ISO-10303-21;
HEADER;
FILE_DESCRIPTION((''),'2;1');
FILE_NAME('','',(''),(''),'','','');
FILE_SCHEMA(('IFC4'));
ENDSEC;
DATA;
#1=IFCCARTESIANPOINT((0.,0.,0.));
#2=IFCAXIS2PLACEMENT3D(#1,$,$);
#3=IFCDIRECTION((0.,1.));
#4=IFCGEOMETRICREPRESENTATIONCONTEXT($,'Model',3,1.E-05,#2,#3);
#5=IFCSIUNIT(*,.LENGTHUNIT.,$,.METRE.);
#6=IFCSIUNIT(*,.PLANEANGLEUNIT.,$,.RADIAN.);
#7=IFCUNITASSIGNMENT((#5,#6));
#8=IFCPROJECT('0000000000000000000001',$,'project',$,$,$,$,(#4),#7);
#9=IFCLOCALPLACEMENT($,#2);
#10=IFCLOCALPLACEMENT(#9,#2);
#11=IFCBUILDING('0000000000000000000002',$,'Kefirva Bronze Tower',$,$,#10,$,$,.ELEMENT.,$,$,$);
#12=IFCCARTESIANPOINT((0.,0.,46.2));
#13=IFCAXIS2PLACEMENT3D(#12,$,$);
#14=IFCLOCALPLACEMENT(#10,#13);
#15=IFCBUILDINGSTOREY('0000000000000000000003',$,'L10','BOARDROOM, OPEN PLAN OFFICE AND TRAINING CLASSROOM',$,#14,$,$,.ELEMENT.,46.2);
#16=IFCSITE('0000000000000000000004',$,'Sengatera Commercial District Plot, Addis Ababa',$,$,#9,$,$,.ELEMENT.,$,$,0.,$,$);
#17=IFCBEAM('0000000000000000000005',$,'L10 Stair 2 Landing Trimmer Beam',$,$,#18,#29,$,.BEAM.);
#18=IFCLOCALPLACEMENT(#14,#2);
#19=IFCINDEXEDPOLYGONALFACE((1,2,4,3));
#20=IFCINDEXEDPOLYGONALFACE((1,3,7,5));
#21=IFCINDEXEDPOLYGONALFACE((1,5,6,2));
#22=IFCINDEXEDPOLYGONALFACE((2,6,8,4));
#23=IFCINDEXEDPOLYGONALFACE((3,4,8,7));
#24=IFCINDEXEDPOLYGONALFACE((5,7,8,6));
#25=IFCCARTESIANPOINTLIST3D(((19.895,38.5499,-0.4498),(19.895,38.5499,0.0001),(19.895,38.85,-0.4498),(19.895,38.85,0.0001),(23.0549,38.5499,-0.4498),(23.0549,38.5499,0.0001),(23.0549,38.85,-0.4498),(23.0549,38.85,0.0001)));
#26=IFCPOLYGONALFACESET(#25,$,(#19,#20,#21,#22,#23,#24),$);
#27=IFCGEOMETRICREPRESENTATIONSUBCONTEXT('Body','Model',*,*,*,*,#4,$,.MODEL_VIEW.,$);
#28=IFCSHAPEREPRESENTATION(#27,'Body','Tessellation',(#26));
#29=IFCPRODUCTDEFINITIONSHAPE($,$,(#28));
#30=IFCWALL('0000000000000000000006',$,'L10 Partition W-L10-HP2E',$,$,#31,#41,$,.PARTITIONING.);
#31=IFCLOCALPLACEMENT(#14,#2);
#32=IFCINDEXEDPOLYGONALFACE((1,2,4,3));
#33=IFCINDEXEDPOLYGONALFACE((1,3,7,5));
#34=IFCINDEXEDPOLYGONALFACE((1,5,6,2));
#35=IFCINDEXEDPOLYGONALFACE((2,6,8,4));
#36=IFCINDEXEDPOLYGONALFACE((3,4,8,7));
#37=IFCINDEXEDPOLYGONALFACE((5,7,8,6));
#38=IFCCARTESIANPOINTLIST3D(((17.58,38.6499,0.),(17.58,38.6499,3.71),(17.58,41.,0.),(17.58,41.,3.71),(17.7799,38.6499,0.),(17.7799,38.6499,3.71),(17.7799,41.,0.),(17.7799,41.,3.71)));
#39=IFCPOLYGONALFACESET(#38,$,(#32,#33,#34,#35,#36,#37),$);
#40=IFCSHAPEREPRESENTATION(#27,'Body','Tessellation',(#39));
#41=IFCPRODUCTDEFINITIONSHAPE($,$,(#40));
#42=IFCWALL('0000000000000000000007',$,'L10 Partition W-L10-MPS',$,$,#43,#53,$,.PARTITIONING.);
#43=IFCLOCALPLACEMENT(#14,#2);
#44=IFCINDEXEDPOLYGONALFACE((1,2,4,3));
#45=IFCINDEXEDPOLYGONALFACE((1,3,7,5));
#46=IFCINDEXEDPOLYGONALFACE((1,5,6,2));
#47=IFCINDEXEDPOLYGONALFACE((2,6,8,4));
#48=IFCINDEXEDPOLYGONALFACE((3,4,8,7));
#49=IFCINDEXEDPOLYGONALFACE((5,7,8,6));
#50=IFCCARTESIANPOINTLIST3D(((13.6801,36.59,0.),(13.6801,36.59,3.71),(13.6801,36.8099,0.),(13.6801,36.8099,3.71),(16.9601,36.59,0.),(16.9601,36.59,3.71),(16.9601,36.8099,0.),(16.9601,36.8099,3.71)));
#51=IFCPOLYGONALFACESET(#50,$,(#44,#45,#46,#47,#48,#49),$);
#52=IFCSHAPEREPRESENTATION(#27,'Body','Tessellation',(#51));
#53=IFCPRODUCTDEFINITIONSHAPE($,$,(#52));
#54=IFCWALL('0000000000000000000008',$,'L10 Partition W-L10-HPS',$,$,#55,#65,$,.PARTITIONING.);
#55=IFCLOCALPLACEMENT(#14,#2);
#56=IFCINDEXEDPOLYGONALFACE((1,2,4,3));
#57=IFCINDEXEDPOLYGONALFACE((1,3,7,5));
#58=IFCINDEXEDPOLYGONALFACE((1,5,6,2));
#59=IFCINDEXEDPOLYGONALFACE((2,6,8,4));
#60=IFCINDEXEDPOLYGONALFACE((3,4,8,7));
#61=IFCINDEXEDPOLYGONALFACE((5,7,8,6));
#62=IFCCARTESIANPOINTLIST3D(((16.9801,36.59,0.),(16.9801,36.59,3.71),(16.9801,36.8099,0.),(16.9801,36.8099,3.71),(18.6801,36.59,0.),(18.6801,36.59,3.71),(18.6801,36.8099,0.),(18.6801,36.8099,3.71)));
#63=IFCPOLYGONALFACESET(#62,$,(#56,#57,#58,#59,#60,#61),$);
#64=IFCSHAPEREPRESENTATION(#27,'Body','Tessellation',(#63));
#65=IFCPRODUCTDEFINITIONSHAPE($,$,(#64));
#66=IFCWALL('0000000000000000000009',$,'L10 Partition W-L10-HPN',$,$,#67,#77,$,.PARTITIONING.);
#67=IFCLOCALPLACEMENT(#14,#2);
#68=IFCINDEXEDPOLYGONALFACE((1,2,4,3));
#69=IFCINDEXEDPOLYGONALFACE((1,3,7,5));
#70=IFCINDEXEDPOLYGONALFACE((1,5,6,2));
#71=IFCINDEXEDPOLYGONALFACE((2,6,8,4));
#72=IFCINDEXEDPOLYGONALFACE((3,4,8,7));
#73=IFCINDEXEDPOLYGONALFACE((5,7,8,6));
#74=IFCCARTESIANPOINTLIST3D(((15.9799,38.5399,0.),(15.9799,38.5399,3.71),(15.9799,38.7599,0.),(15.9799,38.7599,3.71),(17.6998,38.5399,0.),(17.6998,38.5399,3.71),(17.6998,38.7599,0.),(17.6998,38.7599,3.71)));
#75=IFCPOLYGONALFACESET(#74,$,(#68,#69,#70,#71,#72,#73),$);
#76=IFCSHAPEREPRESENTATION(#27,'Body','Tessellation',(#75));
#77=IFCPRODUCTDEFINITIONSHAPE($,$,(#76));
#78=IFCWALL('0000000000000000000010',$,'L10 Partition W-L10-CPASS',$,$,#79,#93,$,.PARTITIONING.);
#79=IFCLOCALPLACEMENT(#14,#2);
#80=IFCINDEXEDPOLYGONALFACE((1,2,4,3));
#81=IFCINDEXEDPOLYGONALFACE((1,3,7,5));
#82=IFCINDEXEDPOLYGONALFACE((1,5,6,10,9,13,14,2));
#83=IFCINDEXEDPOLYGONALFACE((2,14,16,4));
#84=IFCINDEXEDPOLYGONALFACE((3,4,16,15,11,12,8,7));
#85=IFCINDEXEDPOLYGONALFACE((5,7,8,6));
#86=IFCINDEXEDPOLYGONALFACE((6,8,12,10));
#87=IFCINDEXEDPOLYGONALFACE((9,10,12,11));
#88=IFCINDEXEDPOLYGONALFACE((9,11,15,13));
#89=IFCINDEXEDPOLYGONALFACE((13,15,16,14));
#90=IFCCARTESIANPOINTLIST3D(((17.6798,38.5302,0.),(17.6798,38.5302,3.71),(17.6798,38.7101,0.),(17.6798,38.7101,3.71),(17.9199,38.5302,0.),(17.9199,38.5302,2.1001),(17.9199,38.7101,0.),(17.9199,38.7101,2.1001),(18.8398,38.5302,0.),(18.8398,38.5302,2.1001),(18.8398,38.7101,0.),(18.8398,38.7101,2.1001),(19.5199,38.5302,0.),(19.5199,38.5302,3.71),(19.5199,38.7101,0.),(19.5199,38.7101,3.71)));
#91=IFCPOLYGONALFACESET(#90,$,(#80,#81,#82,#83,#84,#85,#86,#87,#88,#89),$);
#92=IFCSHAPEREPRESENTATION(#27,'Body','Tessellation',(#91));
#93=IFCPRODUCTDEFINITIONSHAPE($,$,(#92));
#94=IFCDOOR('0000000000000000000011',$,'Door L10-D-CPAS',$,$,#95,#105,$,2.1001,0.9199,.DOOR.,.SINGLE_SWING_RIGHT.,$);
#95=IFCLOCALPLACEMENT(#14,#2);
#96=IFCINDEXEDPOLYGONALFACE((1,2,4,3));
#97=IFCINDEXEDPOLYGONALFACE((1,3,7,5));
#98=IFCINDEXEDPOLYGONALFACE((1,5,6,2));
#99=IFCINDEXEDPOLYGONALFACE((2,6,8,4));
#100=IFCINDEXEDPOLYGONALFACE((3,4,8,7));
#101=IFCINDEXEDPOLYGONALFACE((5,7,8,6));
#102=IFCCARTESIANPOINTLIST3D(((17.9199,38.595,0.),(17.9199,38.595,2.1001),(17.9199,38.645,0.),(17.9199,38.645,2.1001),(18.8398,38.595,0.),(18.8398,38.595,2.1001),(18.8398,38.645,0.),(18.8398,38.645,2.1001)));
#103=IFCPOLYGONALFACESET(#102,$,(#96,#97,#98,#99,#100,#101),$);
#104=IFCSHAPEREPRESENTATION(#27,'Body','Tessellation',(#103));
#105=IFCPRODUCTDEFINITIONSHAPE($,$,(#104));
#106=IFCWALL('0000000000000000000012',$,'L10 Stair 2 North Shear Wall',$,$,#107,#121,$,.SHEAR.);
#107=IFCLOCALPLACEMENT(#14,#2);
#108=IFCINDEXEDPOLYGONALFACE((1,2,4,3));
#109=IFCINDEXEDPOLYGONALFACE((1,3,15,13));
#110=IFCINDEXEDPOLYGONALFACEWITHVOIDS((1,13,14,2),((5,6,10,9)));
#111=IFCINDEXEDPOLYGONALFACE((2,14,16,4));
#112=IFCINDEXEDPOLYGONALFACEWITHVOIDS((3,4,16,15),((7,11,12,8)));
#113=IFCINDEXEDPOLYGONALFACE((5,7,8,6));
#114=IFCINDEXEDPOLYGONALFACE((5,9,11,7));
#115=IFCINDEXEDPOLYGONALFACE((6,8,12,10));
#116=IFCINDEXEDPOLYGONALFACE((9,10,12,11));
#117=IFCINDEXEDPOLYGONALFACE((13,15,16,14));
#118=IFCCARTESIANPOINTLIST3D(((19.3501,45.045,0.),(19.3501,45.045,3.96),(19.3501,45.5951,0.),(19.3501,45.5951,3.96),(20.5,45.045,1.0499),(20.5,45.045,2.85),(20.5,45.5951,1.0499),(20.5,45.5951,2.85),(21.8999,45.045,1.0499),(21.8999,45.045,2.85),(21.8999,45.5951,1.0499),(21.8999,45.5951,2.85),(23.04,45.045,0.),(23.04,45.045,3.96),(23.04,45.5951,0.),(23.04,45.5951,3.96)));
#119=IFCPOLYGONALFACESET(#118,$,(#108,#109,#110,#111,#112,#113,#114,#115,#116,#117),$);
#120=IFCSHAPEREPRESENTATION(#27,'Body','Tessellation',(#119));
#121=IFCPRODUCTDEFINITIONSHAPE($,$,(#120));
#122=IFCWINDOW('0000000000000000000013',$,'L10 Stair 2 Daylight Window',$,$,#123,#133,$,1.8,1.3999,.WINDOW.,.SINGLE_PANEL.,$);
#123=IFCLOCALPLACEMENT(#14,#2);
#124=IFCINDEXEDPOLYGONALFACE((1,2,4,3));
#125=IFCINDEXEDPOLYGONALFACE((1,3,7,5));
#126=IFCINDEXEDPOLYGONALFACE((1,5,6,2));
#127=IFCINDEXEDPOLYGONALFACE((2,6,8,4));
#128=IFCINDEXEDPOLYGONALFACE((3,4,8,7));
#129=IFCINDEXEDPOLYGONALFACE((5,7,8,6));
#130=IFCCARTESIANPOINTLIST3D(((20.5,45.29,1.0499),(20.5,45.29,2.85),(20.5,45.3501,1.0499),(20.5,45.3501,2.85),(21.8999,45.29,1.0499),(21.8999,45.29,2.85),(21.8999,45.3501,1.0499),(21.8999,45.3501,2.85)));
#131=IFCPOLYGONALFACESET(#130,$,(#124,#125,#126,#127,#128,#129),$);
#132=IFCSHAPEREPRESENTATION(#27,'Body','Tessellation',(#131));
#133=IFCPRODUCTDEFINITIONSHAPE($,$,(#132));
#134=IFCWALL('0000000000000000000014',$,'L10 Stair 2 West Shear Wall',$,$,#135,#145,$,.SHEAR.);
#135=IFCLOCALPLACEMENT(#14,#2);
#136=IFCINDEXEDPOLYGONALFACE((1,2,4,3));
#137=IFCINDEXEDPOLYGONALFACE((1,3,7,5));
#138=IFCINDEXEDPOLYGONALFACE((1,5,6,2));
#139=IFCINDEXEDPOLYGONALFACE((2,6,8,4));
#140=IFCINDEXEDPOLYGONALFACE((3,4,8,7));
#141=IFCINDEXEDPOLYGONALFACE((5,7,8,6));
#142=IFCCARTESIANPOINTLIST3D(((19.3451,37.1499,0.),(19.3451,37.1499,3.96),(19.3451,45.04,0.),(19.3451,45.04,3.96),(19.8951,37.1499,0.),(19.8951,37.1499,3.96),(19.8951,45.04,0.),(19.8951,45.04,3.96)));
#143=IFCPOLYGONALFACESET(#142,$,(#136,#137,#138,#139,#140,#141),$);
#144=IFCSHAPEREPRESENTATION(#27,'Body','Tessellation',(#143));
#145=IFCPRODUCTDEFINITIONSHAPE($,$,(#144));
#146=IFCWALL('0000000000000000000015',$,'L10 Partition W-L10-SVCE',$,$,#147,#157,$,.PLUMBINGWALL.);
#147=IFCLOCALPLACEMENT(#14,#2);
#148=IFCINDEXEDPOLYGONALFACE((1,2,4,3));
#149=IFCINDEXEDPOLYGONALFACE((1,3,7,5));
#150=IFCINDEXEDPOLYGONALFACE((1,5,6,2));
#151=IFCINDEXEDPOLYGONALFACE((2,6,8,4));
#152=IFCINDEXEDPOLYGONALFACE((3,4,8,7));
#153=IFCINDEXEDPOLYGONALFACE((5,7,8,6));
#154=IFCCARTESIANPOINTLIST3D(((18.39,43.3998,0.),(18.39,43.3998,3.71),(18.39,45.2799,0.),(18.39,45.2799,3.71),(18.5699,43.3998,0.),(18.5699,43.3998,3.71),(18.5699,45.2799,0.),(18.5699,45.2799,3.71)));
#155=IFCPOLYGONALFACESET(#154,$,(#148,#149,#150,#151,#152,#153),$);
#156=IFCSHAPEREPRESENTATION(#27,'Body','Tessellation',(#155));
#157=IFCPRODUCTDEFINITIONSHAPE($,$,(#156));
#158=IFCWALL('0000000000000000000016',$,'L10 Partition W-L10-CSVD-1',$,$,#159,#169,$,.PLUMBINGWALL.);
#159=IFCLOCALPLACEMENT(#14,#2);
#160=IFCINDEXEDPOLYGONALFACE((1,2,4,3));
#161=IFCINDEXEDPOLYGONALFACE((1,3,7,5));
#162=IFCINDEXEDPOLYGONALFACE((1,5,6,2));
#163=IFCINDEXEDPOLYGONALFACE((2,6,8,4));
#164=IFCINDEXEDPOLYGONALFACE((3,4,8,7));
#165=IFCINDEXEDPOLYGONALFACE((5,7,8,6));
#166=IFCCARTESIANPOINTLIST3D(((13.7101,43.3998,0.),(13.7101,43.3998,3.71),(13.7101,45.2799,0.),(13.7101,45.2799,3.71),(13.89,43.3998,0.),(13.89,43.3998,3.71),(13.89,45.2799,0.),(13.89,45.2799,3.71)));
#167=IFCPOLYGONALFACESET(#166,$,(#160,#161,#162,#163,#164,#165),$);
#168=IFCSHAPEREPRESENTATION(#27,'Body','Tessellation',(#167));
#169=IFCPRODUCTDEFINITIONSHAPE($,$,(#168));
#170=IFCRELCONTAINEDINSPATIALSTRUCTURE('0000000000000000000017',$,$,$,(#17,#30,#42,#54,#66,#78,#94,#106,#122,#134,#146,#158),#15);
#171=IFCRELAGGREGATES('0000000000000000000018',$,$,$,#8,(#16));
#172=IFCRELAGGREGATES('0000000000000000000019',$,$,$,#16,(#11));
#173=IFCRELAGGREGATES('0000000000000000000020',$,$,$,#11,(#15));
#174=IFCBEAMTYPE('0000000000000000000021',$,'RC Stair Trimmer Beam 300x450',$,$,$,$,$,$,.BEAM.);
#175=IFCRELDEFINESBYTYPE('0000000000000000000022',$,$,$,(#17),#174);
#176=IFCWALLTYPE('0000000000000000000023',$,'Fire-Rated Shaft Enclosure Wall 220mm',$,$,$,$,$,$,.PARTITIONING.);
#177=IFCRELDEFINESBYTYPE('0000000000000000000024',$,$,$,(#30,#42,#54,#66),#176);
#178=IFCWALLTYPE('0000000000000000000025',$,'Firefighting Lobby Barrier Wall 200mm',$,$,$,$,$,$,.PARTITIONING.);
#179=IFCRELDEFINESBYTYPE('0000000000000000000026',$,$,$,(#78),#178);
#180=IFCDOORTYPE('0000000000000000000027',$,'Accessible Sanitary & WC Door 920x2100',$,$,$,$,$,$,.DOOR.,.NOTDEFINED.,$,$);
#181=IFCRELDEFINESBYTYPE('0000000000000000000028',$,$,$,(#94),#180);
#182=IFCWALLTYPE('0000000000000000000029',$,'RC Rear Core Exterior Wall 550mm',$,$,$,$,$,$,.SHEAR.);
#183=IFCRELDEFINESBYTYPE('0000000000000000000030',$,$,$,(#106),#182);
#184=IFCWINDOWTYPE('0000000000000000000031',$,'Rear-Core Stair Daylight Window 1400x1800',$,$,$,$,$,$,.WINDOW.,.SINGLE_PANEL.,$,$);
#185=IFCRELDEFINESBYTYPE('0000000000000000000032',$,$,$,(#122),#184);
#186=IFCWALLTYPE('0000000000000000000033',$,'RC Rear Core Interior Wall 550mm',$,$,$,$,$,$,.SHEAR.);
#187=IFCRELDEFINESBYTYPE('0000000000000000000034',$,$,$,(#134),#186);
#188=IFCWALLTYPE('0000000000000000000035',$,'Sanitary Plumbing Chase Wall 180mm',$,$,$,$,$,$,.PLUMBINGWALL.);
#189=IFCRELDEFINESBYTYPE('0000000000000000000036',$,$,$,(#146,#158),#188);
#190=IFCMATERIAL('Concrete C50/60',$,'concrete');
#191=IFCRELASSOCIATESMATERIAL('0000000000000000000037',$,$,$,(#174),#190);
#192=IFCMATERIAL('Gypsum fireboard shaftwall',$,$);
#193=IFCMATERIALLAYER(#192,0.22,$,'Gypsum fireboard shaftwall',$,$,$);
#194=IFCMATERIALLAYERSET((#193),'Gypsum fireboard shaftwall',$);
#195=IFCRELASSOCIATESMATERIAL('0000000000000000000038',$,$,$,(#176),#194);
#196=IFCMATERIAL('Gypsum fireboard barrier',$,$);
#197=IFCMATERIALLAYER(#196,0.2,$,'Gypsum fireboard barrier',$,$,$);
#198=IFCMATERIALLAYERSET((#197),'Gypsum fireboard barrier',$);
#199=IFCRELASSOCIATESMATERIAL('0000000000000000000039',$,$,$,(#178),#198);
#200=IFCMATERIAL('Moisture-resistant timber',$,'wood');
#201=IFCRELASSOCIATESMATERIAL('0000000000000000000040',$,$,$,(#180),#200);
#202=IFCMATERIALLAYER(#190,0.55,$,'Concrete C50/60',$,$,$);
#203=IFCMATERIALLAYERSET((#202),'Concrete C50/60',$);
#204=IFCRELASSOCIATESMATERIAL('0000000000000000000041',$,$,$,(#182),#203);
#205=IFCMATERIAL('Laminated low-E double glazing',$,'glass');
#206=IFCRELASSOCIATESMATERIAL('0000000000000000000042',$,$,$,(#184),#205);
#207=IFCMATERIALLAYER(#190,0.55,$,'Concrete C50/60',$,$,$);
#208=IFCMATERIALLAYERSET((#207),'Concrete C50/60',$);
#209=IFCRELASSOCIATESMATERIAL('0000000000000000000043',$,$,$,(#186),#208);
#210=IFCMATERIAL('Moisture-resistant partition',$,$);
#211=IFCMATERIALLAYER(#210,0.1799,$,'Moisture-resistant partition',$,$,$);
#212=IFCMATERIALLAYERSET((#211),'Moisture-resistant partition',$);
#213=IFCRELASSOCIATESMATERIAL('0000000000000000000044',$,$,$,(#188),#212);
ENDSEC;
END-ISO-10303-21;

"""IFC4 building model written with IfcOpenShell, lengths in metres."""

from ifc_helpers import new_model, si_unit, direction, frame, frame_2d, origin, origin_2d, place, context, subcontext, project, spatial, rectangle, extrude, material, layer, layer_set, material_profile, profile_set, type_object, element, fill, save


model = new_model("IFC4")

# Units and contexts
model_context = context("Model", 3, precision=1e-05, world=origin(), true_north=direction((0.0, 1.0)))
body_context = subcontext(model_context, "Body", "Model", "MODEL_VIEW")
ifc_project = project(units=[si_unit("LENGTHUNIT", "METRE"), si_unit("PLANEANGLEUNIT", "RADIAN")], contexts=[model_context])

# Site, building, storey
site_placement = place(None, origin())
site = spatial("IfcSite", under=ifc_project, at=site_placement, Name="Sengatera Commercial District Plot, Addis Ababa", CompositionType="ELEMENT", RefElevation=0.0)
building_placement = place(site_placement, origin())
building = spatial("IfcBuilding", under=site, at=building_placement, Name="Kefirva Bronze Tower", CompositionType="ELEMENT")
storey_placement = place(building_placement, frame((0.0, 0.0, 46.2)))
storey = spatial("IfcBuildingStorey", under=building, at=storey_placement, Name="L10", Description="BOARDROOM, OPEN PLAN OFFICE AND TRAINING CLASSROOM", CompositionType="ELEMENT", Elevation=46.2)

# Beam
ifc_material_1 = material(Name="Concrete C50/60", Category="concrete")
ifc_material_profile = material_profile(ifc_material_1, rectangle(XDim=0.3, YDim=0.45, at=origin_2d()), Name="RC 300x450")
ifc_profile_set = profile_set([ifc_material_profile], Name="Concrete C50/60")
beam_type = type_object("IfcBeamType", Name="RC Stair Trimmer Beam 300x450", PredefinedType="BEAM", material=ifc_profile_set)
beam_placement = place(storey_placement, frame((19.895, 38.7, -0.2249), z_axis=(1.0, 0.0, 0.0), x_axis=(0.0, 1.0, 0.0)))
element("IfcBeam", 1, at=beam_placement, inside=storey, type_object=beam_type, Name="L10 Stair 2 Landing Trimmer Beam", PredefinedType="BEAM", context=body_context, shape_type="SweptSolid", body=[
    extrude(rectangle(XDim=0.3, YDim=0.45, at=origin_2d()), origin(), (0.0, 0.0, 1.0), 3.1599),
])

# Shared definitions
ifc_material_2 = material(Name="Gypsum fireboard shaftwall")
ifc_layer_1 = layer(ifc_material_2, 0.22, Name="Gypsum fireboard shaftwall")
ifc_layer_set_1 = layer_set([ifc_layer_1], Name="Gypsum fireboard shaftwall")
wall_type_1 = type_object("IfcWallType", Name="Fire-Rated Shaft Enclosure Wall 220mm", PredefinedType="PARTITIONING", material=ifc_layer_set_1)

# Walls
wall_1_placement = place(storey_placement, frame((17.6799, 38.6499, 0.0), z_axis=(0.0, 0.0, 1.0), x_axis=(0.0, 1.0, 0.0)))
element("IfcWall", 2, at=wall_1_placement, inside=storey, type_object=wall_type_1, Name="L10 Partition W-L10-HP2E", PredefinedType="PARTITIONING", context=body_context, shape_type="SweptSolid", body=[
    extrude(rectangle(XDim=2.3501, YDim=0.2, at=frame_2d((1.175, 0.0))), origin(), (0.0, 0.0, 1.0), 3.71),
])
wall_2_placement = place(storey_placement, frame((13.6799, 36.7, 0.0), z_axis=(0.0, 0.0, 1.0), x_axis=(1.0, 0.0, 0.0)))
element("IfcWall", 3, at=wall_2_placement, inside=storey, type_object=wall_type_1, Name="L10 Partition W-L10-MPS", PredefinedType="PARTITIONING", context=body_context, shape_type="SweptSolid", body=[
    extrude(rectangle(XDim=3.28, YDim=0.22, at=frame_2d((1.6401, 0.0))), origin(), (0.0, 0.0, 1.0), 3.71),
])
wall_3_placement = place(storey_placement, frame((16.98, 36.7, 0.0), z_axis=(0.0, 0.0, 1.0), x_axis=(1.0, 0.0, 0.0)))
element("IfcWall", 4, at=wall_3_placement, inside=storey, type_object=wall_type_1, Name="L10 Partition W-L10-HPS", PredefinedType="PARTITIONING", context=body_context, shape_type="SweptSolid", body=[
    extrude(rectangle(XDim=1.7, YDim=0.22, at=frame_2d((0.8501, 0.0))), origin(), (0.0, 0.0, 1.0), 3.71),
])
wall_4_placement = place(storey_placement, frame((15.98, 38.6499, 0.0), z_axis=(0.0, 0.0, 1.0), x_axis=(1.0, 0.0, 0.0)))
element("IfcWall", 5, at=wall_4_placement, inside=storey, type_object=wall_type_1, Name="L10 Partition W-L10-HPN", PredefinedType="PARTITIONING", context=body_context, shape_type="SweptSolid", body=[
    extrude(rectangle(XDim=1.72, YDim=0.22, at=frame_2d((0.8599, 0.0))), origin(), (0.0, 0.0, 1.0), 3.71),
])

# Wall, opening, door
ifc_material_3 = material(Name="Gypsum fireboard barrier")
ifc_layer_2 = layer(ifc_material_3, 0.2, Name="Gypsum fireboard barrier")
ifc_layer_set_2 = layer_set([ifc_layer_2], Name="Gypsum fireboard barrier")
wall_type_2 = type_object("IfcWallType", Name="Firefighting Lobby Barrier Wall 200mm", PredefinedType="PARTITIONING", material=ifc_layer_set_2)
wall_5_placement = place(storey_placement, frame((17.6799, 38.6201, 0.0), z_axis=(0.0, 0.0, 1.0), x_axis=(1.0, 0.0, 0.0)))
wall_5 = element("IfcWall", 6, at=wall_5_placement, inside=storey, type_object=wall_type_2, Name="L10 Partition W-L10-CPASS", PredefinedType="PARTITIONING", context=body_context, shape_type="SweptSolid", body=[
    extrude(rectangle(XDim=1.8401, YDim=0.1799, at=frame_2d((0.9199, 0.0))), origin(), (0.0, 0.0, 1.0), 3.71),
])
opening_1_placement = place(wall_5_placement, frame((0.24, 0.0, 0.0)))
opening_1 = element("IfcOpeningElement", 7, at=opening_1_placement, cuts=wall_5, PredefinedType="OPENING", context=body_context, shape_type="SweptSolid", body=[
    extrude(rectangle(XDim=0.9199, YDim=2.1001, at=frame_2d((0.46, 1.05))), frame((0.0, 0.1001, 0.0), z_axis=(0.0, -1.0, 0.0), x_axis=(1.0, 0.0, 0.0)), (0.0, 0.0, 1.0), 0.2),
])
ifc_material_4 = material(Name="Moisture-resistant timber", Category="wood")
door_type_1 = type_object("IfcDoorType", Name="Accessible Sanitary & WC Door 920x2100", OperationType="NOTDEFINED", PredefinedType="DOOR", material=ifc_material_4)
door_1_placement = place(opening_1_placement, origin())
door_1 = element("IfcDoor", 8, at=door_1_placement, inside=storey, type_object=door_type_1, Name="Door L10-D-CPAS", OperationType="SINGLE_SWING_RIGHT", OverallHeight=2.1001, OverallWidth=0.9199, PredefinedType="DOOR", context=body_context, shape_type="SweptSolid", body=[
    extrude(rectangle(XDim=0.9199, YDim=2.1001, at=frame_2d((0.46, 1.05))), frame((0.0, 0.0249, 0.0), z_axis=(0.0, -1.0, 0.0), x_axis=(1.0, 0.0, 0.0)), (0.0, 0.0, 1.0), 0.05),
])
fill(opening_1, door_1)

# Wall, opening, window
ifc_layer_3 = layer(ifc_material_1, 0.55, Name="Concrete C50/60")
ifc_layer_set_3 = layer_set([ifc_layer_3], Name="Concrete C50/60")
wall_type_3 = type_object("IfcWallType", Name="RC Rear Core Exterior Wall 550mm", PredefinedType="SHEAR", material=ifc_layer_set_3)
wall_6_placement = place(storey_placement, frame((19.3501, 45.3201, 0.0), z_axis=(0.0, 0.0, 1.0), x_axis=(1.0, 0.0, 0.0)))
wall_6 = element("IfcWall", 9, at=wall_6_placement, inside=storey, type_object=wall_type_3, Name="L10 Stair 2 North Shear Wall", PredefinedType="SHEAR", context=body_context, shape_type="SweptSolid", body=[
    extrude(rectangle(XDim=3.6899, YDim=0.55, at=frame_2d((1.845, 0.0))), origin(), (0.0, 0.0, 1.0), 3.96),
])
opening_2_placement = place(wall_6_placement, frame((1.1499, 0.0, 1.05)))
opening_2 = element("IfcOpeningElement", 10, at=opening_2_placement, cuts=wall_6, PredefinedType="OPENING", context=body_context, shape_type="SweptSolid", body=[
    extrude(rectangle(XDim=1.3999, YDim=1.8, at=frame_2d((0.7, 0.8999))), frame((0.0, 0.2852, 0.0), z_axis=(0.0, -1.0, 0.0), x_axis=(1.0, 0.0, 0.0)), (0.0, 0.0, 1.0), 0.5701),
])
ifc_material_5 = material(Name="Laminated low-E double glazing", Category="glass")
window_type = type_object("IfcWindowType", Name="Rear-Core Stair Daylight Window 1400x1800", PartitioningType="SINGLE_PANEL", PredefinedType="WINDOW", material=ifc_material_5)
window_placement = place(opening_2_placement, origin())
window = element("IfcWindow", 11, at=window_placement, inside=storey, type_object=window_type, Name="L10 Stair 2 Daylight Window", OverallHeight=1.8, OverallWidth=1.3999, PartitioningType="SINGLE_PANEL", PredefinedType="WINDOW", context=body_context, shape_type="SweptSolid", body=[
    extrude(rectangle(XDim=1.3999, YDim=1.8, at=frame_2d((0.7, 0.8999))), frame((0.0, 0.03, 0.0), z_axis=(0.0, -1.0, 0.0), x_axis=(1.0, 0.0, 0.0)), (0.0, 0.0, 1.0), 0.0601),
])
fill(opening_2, window)

# Walls
ifc_layer_4 = layer(ifc_material_1, 0.55, Name="Concrete C50/60")
ifc_layer_set_4 = layer_set([ifc_layer_4], Name="Concrete C50/60")
wall_type_4 = type_object("IfcWallType", Name="RC Rear Core Interior Wall 550mm", PredefinedType="SHEAR", material=ifc_layer_set_4)
wall_7_placement = place(storey_placement, frame((19.6201, 37.1499, 0.0), z_axis=(0.0, 0.0, 1.0), x_axis=(0.0, 1.0, 0.0)))
element("IfcWall", 12, at=wall_7_placement, inside=storey, type_object=wall_type_4, Name="L10 Stair 2 West Shear Wall", PredefinedType="SHEAR", context=body_context, shape_type="SweptSolid", body=[
    extrude(rectangle(XDim=7.8901, YDim=0.55, at=frame_2d((3.9451, 0.0))), origin(), (0.0, 0.0, 1.0), 3.96),
])
ifc_material_6 = material(Name="Moisture-resistant partition")
ifc_layer_5 = layer(ifc_material_6, 0.1799, Name="Moisture-resistant partition")
ifc_layer_set_5 = layer_set([ifc_layer_5], Name="Moisture-resistant partition")
wall_type_5 = type_object("IfcWallType", Name="Sanitary Plumbing Chase Wall 180mm", PredefinedType="PLUMBINGWALL", material=ifc_layer_set_5)
for number, where, z_axis, x_axis, name in (
    (13, (18.48, 43.3999, 0.0), (0.0, 0.0, 1.0), (0.0, 1.0, 0.0), "L10 Partition W-L10-SVCE"),
    (14, (13.8, 43.3999, 0.0), (0.0, 0.0, 1.0), (0.0, 1.0, 0.0), "L10 Partition W-L10-CSVD-1"),
):
    element("IfcWall", number, at=place(storey_placement, frame(where, z_axis=z_axis, x_axis=x_axis)), inside=storey, type_object=wall_type_5, Name=name, PredefinedType="PLUMBINGWALL", context=body_context, shape_type="SweptSolid", body=[
        extrude(rectangle(XDim=1.8801, YDim=0.1799, at=frame_2d((0.9399, 0.0))), origin(), (0.0, 0.0, 1.0), 3.71),
    ])

save(model, "model.ifc")
